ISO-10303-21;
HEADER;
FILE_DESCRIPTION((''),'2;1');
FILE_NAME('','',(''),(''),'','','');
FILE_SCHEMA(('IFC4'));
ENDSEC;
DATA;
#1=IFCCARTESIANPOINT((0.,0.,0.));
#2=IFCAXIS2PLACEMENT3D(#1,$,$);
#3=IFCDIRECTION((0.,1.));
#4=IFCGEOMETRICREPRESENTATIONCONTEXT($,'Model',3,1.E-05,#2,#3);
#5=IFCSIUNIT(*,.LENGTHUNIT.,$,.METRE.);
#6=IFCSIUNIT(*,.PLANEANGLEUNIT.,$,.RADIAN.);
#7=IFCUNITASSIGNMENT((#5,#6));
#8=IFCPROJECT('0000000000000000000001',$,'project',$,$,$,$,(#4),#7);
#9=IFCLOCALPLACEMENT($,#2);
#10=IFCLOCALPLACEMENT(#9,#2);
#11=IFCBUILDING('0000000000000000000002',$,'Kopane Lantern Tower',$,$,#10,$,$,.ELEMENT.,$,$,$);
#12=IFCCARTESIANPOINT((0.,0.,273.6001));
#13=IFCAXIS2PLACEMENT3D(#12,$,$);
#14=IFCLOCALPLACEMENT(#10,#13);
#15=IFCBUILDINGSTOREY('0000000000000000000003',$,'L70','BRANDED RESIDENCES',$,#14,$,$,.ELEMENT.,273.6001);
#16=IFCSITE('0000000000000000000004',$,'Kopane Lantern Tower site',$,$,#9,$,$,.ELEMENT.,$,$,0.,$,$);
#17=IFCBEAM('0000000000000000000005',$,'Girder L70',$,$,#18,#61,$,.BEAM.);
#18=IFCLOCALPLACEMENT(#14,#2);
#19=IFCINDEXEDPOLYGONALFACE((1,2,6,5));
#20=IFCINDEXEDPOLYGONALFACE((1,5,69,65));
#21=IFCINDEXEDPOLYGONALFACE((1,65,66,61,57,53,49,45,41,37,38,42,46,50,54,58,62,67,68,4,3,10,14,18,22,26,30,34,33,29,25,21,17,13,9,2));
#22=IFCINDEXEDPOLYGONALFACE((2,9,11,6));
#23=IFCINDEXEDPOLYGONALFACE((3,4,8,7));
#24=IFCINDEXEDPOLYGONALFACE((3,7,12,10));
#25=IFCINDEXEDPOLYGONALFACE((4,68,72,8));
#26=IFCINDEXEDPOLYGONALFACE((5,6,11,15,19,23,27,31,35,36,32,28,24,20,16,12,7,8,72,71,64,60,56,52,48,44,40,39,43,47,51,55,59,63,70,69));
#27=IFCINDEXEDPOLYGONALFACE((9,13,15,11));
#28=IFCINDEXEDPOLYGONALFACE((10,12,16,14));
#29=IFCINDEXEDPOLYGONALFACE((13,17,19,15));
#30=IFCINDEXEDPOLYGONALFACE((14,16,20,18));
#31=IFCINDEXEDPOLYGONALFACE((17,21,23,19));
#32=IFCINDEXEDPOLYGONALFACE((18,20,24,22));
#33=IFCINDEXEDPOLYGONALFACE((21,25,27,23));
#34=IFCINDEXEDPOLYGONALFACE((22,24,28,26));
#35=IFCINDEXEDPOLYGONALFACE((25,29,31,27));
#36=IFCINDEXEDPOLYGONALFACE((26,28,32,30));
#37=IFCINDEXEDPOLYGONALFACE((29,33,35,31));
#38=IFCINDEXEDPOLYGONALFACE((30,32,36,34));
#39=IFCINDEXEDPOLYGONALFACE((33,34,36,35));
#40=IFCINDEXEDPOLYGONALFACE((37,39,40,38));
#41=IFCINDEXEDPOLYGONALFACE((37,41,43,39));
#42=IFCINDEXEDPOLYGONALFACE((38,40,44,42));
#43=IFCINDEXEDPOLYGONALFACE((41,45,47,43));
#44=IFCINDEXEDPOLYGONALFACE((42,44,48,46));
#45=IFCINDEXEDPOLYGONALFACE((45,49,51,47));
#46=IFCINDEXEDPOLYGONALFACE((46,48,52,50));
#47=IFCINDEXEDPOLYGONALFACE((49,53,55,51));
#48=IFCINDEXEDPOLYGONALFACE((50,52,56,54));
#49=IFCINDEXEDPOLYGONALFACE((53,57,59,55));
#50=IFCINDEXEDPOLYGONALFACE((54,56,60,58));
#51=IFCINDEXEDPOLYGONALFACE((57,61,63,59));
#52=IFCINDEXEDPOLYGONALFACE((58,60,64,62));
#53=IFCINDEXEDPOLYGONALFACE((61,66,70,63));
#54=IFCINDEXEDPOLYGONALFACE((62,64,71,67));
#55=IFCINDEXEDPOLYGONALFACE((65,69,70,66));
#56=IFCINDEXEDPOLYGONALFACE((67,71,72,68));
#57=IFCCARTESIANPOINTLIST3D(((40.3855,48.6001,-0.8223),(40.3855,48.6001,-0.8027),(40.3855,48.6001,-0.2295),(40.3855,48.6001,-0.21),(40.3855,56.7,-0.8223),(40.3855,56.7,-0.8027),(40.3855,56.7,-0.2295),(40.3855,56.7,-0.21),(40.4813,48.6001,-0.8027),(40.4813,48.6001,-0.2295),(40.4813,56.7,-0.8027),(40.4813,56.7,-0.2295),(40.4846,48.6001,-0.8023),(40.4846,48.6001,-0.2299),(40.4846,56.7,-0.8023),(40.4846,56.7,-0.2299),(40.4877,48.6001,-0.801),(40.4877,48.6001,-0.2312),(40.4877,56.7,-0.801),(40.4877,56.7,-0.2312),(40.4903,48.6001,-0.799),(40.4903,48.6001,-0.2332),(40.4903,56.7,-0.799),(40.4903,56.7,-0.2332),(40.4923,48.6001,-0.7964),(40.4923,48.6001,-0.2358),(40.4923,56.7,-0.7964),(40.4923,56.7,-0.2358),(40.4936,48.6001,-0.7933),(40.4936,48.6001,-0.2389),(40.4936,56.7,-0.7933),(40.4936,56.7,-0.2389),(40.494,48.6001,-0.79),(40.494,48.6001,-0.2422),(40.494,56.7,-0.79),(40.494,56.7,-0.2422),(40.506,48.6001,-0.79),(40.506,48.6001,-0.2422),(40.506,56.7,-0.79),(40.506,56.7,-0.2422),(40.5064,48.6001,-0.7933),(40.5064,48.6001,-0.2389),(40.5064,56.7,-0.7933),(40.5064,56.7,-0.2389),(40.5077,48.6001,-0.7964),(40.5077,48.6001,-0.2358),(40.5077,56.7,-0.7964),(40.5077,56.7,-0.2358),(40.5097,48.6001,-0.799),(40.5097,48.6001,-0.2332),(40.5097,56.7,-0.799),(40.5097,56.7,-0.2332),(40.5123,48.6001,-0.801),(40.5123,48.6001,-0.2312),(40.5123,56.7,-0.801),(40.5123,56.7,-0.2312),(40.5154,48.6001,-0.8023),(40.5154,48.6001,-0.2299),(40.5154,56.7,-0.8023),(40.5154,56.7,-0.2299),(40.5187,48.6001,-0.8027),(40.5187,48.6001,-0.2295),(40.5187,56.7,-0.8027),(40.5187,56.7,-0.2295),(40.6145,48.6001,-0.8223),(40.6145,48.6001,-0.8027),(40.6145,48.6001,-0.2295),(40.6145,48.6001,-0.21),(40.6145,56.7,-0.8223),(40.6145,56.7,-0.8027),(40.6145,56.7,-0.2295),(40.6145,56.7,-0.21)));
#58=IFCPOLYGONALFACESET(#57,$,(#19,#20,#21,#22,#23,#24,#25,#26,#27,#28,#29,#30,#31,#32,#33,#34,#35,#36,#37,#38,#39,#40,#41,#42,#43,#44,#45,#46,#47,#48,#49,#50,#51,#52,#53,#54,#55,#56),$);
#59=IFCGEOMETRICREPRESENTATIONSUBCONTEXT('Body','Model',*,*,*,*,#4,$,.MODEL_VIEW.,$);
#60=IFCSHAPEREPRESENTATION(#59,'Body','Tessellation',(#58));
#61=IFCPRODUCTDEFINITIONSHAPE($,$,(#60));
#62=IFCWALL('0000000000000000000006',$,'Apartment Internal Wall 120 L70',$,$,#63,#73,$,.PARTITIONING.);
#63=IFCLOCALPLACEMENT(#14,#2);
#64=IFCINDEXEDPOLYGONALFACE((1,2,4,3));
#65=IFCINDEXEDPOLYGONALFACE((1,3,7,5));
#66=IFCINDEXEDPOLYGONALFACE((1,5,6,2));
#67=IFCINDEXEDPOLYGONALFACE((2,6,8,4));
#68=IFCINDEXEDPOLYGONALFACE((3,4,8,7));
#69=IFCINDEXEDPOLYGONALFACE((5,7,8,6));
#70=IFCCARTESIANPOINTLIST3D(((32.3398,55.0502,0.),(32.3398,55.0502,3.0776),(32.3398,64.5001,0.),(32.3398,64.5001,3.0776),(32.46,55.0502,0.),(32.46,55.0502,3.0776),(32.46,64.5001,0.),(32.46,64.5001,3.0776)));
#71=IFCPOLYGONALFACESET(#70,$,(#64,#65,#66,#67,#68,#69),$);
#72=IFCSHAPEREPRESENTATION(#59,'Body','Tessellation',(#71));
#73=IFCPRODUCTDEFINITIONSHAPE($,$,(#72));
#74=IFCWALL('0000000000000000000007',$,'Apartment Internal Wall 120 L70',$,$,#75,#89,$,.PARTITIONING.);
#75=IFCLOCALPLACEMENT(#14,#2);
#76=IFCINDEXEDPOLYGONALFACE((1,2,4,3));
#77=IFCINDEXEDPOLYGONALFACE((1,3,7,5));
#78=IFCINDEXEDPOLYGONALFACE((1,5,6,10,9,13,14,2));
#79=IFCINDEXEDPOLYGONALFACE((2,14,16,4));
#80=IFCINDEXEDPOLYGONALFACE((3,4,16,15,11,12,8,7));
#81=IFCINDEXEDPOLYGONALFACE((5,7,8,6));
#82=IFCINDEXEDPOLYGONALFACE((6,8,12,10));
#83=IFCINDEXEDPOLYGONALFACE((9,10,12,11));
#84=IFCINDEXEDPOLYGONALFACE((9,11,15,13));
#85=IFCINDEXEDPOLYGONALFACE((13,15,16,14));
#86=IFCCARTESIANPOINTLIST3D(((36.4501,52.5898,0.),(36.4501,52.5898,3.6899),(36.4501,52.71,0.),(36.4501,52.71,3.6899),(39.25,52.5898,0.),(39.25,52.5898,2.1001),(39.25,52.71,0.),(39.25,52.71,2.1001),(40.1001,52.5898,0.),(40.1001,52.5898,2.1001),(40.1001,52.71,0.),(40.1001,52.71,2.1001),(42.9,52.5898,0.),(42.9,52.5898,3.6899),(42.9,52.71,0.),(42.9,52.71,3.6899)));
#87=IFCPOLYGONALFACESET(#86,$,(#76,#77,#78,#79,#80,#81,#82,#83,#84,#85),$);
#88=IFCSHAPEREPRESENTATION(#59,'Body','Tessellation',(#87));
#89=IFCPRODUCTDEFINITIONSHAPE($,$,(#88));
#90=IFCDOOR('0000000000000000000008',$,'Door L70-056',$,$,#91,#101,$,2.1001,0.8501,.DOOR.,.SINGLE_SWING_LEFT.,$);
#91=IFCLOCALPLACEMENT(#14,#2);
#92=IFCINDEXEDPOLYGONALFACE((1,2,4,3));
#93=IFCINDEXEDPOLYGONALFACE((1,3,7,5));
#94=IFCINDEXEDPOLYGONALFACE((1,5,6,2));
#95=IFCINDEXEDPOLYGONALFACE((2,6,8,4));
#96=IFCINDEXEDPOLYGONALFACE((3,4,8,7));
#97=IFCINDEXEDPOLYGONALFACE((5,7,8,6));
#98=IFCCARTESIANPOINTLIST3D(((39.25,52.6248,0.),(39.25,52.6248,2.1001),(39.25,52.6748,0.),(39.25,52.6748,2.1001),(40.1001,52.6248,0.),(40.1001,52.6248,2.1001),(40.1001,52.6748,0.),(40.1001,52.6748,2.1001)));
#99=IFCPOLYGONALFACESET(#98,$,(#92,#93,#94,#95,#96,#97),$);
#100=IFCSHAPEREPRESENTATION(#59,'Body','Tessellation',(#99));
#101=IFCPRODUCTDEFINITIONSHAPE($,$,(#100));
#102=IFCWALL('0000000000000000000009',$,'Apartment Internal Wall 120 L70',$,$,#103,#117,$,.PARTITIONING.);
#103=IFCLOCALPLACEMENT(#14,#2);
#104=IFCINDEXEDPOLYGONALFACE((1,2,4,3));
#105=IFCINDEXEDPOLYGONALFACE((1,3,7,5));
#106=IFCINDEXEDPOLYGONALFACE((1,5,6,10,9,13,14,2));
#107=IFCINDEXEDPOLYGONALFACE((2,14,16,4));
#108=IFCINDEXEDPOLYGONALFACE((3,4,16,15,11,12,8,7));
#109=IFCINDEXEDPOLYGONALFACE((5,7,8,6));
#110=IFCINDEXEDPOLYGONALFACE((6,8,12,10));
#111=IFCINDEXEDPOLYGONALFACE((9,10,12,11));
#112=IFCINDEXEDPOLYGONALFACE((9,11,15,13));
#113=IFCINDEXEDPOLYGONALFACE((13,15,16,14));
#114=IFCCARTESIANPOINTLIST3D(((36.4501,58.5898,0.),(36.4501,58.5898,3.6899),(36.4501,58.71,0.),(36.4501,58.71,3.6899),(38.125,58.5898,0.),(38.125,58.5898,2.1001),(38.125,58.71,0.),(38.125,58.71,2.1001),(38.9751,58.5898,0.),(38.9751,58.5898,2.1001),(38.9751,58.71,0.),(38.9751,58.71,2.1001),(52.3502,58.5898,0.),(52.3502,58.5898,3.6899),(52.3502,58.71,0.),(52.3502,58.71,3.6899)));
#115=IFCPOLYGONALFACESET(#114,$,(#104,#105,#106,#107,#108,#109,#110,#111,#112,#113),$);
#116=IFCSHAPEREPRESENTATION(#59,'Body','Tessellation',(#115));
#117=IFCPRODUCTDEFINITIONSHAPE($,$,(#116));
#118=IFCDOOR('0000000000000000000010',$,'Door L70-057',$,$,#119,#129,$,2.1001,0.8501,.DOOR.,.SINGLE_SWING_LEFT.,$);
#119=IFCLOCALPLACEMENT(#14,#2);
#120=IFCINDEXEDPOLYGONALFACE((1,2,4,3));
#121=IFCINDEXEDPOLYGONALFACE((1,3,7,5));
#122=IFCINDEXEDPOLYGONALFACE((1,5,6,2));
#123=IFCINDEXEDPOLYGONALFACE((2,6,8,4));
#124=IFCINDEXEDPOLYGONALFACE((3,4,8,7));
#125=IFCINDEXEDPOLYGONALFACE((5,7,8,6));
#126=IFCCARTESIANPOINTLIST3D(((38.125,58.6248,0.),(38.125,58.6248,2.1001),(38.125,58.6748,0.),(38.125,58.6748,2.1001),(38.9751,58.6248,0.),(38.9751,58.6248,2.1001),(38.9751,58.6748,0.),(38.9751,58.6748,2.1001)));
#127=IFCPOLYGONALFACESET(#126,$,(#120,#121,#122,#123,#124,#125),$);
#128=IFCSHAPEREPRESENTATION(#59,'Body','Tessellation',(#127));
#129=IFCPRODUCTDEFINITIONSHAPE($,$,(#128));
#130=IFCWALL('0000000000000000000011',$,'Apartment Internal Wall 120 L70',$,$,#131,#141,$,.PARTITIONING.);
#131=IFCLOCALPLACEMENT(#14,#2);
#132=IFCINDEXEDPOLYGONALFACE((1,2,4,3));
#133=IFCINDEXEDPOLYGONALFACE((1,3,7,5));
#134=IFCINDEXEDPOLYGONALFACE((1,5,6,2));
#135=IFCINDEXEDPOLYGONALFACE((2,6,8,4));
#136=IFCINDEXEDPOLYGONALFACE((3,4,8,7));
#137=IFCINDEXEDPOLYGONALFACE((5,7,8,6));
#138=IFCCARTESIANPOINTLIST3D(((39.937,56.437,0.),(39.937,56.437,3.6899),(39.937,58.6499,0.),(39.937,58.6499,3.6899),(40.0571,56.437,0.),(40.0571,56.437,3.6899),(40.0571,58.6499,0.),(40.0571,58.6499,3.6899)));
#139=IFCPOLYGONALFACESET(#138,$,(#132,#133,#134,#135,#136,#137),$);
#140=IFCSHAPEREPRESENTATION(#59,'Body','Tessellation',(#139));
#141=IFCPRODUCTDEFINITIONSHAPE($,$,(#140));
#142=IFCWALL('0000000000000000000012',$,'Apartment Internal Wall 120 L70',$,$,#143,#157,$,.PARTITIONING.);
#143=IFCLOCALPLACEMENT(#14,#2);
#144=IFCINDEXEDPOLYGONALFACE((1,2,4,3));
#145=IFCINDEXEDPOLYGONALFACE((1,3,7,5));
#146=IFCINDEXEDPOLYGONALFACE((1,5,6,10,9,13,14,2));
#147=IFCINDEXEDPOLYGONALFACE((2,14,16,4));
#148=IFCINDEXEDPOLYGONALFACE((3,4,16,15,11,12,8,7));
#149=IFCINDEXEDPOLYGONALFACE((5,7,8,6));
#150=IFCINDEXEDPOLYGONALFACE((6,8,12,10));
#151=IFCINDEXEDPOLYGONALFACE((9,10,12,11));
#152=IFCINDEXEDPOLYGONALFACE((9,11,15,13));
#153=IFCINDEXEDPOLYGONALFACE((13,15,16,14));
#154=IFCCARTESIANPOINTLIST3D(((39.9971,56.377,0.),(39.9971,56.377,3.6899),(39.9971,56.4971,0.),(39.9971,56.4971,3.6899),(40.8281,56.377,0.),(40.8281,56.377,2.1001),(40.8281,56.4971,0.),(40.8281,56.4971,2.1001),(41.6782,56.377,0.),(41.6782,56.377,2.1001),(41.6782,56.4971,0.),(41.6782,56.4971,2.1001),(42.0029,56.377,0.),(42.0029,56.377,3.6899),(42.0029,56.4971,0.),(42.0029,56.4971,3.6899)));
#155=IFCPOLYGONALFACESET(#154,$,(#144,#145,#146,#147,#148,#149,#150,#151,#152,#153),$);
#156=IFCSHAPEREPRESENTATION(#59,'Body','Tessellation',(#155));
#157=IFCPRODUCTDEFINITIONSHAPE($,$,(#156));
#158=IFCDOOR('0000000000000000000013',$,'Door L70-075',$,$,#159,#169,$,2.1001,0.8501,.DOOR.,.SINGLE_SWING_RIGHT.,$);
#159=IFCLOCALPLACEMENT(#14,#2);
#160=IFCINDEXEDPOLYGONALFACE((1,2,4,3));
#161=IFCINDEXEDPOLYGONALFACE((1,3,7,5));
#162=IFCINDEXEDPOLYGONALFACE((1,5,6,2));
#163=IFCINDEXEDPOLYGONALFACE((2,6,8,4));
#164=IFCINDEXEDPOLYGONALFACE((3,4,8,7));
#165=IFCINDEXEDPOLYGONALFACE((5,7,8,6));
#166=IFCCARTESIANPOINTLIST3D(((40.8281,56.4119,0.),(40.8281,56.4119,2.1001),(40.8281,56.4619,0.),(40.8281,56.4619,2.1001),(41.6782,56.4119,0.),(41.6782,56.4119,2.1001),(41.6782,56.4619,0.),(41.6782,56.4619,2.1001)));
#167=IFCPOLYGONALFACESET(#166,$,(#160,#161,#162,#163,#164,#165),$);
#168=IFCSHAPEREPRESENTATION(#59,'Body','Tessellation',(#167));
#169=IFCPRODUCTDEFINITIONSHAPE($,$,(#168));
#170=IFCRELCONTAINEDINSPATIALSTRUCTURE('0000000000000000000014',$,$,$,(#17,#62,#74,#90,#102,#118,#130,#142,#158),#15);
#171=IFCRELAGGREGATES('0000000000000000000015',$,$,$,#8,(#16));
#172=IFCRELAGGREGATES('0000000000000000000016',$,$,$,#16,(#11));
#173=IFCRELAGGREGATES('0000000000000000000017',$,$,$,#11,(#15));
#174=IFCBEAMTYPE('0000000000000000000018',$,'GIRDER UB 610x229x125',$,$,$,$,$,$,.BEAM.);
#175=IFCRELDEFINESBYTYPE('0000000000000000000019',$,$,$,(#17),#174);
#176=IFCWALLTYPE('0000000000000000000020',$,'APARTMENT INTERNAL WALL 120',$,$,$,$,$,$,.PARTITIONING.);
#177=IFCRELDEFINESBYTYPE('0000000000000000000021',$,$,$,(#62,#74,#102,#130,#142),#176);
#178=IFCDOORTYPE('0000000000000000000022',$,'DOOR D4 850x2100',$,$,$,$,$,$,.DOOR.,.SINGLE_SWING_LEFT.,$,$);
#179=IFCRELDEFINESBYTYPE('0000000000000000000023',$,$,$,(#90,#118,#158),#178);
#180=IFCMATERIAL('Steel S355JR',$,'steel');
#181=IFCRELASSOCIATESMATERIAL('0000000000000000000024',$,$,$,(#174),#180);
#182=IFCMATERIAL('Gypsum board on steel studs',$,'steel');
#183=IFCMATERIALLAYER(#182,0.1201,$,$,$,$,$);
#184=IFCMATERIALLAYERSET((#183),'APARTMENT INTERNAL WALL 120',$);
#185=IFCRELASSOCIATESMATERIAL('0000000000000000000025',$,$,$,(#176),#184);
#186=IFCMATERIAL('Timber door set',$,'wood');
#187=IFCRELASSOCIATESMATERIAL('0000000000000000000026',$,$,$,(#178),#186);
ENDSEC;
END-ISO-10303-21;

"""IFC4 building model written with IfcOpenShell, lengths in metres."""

from ifc_helpers import new_model, si_unit, direction, frame, frame_2d, origin, origin_2d, place, context, subcontext, project, spatial, rectangle, i_section, extrude, material, layer, layer_set, material_profile, profile_set, type_object, element, fill, save


model = new_model("IFC4")

# Units and contexts
model_context = context("Model", 3, precision=1e-05, world=origin(), true_north=direction((0.0, 1.0)))
body_context = subcontext(model_context, "Body", "Model", "MODEL_VIEW")
ifc_project = project(units=[si_unit("LENGTHUNIT", "METRE"), si_unit("PLANEANGLEUNIT", "RADIAN")], contexts=[model_context])

# Site, building, storey
site_placement = place(None, origin())
site = spatial("IfcSite", under=ifc_project, at=site_placement, Name="Kopane Lantern Tower site", CompositionType="ELEMENT", RefElevation=0.0)
building_placement = place(site_placement, origin())
building = spatial("IfcBuilding", under=site, at=building_placement, Name="Kopane Lantern Tower", CompositionType="ELEMENT")
storey_placement = place(building_placement, frame((0.0, 0.0, 273.6001)))
storey = spatial("IfcBuildingStorey", under=building, at=storey_placement, Name="L70", Description="BRANDED RESIDENCES", CompositionType="ELEMENT", Elevation=273.6001)

# Beam
ifc_material_1 = material(Name="Steel S355JR", Category="steel")
ifc_material_profile_1 = material_profile(ifc_material_1, i_section(OverallWidth=0.229, OverallDepth=0.6123, WebThickness=0.012, FlangeThickness=0.0195, FilletRadius=0.0127, at=origin_2d()), Name="UB 610x229x125")
ifc_profile_set_1 = profile_set([ifc_material_profile_1], Name="Steel S355JR")
beam_type = type_object("IfcBeamType", Name="GIRDER UB 610x229x125", PredefinedType="BEAM", material=ifc_profile_set_1)
beam_1_placement = place(storey_placement, frame((40.5, 48.6001, -0.5161), z_axis=(0.0, 1.0, 0.0), x_axis=(-1.0, 0.0, 0.0)))
element("IfcBeam", 1, at=beam_1_placement, inside=storey, type_object=beam_type, Name="Girder L70", PredefinedType="BEAM", context=body_context, shape_type="SweptSolid", body=[
    extrude(i_section(OverallWidth=0.229, OverallDepth=0.6123, WebThickness=0.012, FlangeThickness=0.0195, FilletRadius=0.0127, at=origin_2d()), origin(), (0.0, 0.0, 1.0), 8.0999),
])

# Wall
ifc_material_2 = material(Name="Gypsum board on steel studs", Category="steel")
ifc_layer_1 = layer(ifc_material_2, 0.1201)
ifc_layer_set_1 = layer_set([ifc_layer_1], Name="APARTMENT INTERNAL WALL 120")
wall_type_1 = type_object("IfcWallType", Name="APARTMENT INTERNAL WALL 120", PredefinedType="PARTITIONING", material=ifc_layer_set_1)
wall_1_placement = place(storey_placement, frame((32.3999, 55.05, 0.0), z_axis=(0.0, 0.0, 1.0), x_axis=(0.0, 1.0, 0.0)))
element("IfcWall", 2, at=wall_1_placement, inside=storey, type_object=wall_type_1, Name="Apartment Internal Wall 120 L70", PredefinedType="PARTITIONING", context=body_context, shape_type="SweptSolid", body=[
    extrude(rectangle(XDim=9.45, YDim=0.1201, at=frame_2d((4.7251, 0.0))), origin(), (0.0, 0.0, 1.0), 3.0776),
])

# Walls, openings, doors
wall_2_placement = place(storey_placement, frame((36.45, 52.6499, 0.0), z_axis=(0.0, 0.0, 1.0), x_axis=(1.0, 0.0, 0.0)))
wall_2 = element("IfcWall", 3, at=wall_2_placement, inside=storey, type_object=wall_type_1, Name="Apartment Internal Wall 120 L70", PredefinedType="PARTITIONING", context=body_context, shape_type="SweptSolid", body=[
    extrude(rectangle(XDim=6.45, YDim=0.1201, at=frame_2d((3.2251, 0.0))), origin(), (0.0, 0.0, 1.0), 3.6899),
])
opening_1_placement = place(wall_2_placement, frame((2.8, 0.0, 0.0)))
opening_1 = element("IfcOpeningElement", 4, at=opening_1_placement, cuts=wall_2, PredefinedType="OPENING", context=body_context, shape_type="SweptSolid", body=[
    extrude(rectangle(XDim=0.8501, YDim=2.1001, at=frame_2d((0.425, 1.05))), frame((0.0, 0.0701, 0.0), z_axis=(0.0, -1.0, 0.0), x_axis=(1.0, 0.0, 0.0)), (0.0, 0.0, 1.0), 0.1401),
])
ifc_material_3 = material(Name="Timber door set", Category="wood")
door_type_1 = type_object("IfcDoorType", Name="DOOR D4 850x2100", OperationType="SINGLE_SWING_LEFT", PredefinedType="DOOR", material=ifc_material_3)
door_1_placement = place(opening_1_placement, origin())
door_1 = element("IfcDoor", 5, at=door_1_placement, inside=storey, type_object=door_type_1, Name="Door L70-056", OperationType="SINGLE_SWING_LEFT", OverallHeight=2.1001, OverallWidth=0.8501, PredefinedType="DOOR", context=body_context, shape_type="SweptSolid", body=[
    extrude(rectangle(XDim=0.8501, YDim=2.1001, at=frame_2d((0.425, 1.05))), frame((0.0, 0.0249, 0.0), z_axis=(0.0, -1.0, 0.0), x_axis=(1.0, 0.0, 0.0)), (0.0, 0.0, 1.0), 0.05),
])
fill(opening_1, door_1)
wall_3_placement = place(storey_placement, frame((36.45, 58.6499, 0.0), z_axis=(0.0, 0.0, 1.0), x_axis=(1.0, 0.0, 0.0)))
wall_3 = element("IfcWall", 6, at=wall_3_placement, inside=storey, type_object=wall_type_1, Name="Apartment Internal Wall 120 L70", PredefinedType="PARTITIONING", context=body_context, shape_type="SweptSolid", body=[
    extrude(rectangle(XDim=15.9001, YDim=0.1201, at=frame_2d((7.9502, 0.0))), origin(), (0.0, 0.0, 1.0), 3.6899),
])
opening_2_placement = place(wall_3_placement, frame((1.675, 0.0, 0.0)))
opening_2 = element("IfcOpeningElement", 7, at=opening_2_placement, cuts=wall_3, PredefinedType="OPENING", context=body_context, shape_type="SweptSolid", body=[
    extrude(rectangle(XDim=0.8501, YDim=2.1001, at=frame_2d((0.425, 1.05))), frame((0.0, 0.0701, 0.0), z_axis=(0.0, -1.0, 0.0), x_axis=(1.0, 0.0, 0.0)), (0.0, 0.0, 1.0), 0.1401),
])
door_2_placement = place(opening_2_placement, origin())
door_2 = element("IfcDoor", 8, at=door_2_placement, inside=storey, type_object=door_type_1, Name="Door L70-057", OperationType="SINGLE_SWING_LEFT", OverallHeight=2.1001, OverallWidth=0.8501, PredefinedType="DOOR", context=body_context, shape_type="SweptSolid", body=[
    extrude(rectangle(XDim=0.8501, YDim=2.1001, at=frame_2d((0.425, 1.05))), frame((0.0, 0.0249, 0.0), z_axis=(0.0, -1.0, 0.0), x_axis=(1.0, 0.0, 0.0)), (0.0, 0.0, 1.0), 0.05),
])
fill(opening_2, door_2)

# Wall
wall_4_placement = place(storey_placement, frame((39.9971, 58.6499, 0.0), z_axis=(0.0, 0.0, 1.0), x_axis=(0.0, -1.0, 0.0)))
element("IfcWall", 9, at=wall_4_placement, inside=storey, type_object=wall_type_1, Name="Apartment Internal Wall 120 L70", PredefinedType="PARTITIONING", context=body_context, shape_type="SweptSolid", body=[
    extrude(rectangle(XDim=2.2129, YDim=0.1201, at=frame_2d((1.1064, 0.0))), origin(), (0.0, 0.0, 1.0), 3.6899),
])

# Wall, opening, door
wall_5_placement = place(storey_placement, frame((39.9971, 56.437, 0.0), z_axis=(0.0, 0.0, 1.0), x_axis=(1.0, 0.0, 0.0)))
wall_5 = element("IfcWall", 10, at=wall_5_placement, inside=storey, type_object=wall_type_1, Name="Apartment Internal Wall 120 L70", PredefinedType="PARTITIONING", context=body_context, shape_type="SweptSolid", body=[
    extrude(rectangle(XDim=2.0059, YDim=0.1201, at=frame_2d((1.0029, 0.0))), origin(), (0.0, 0.0, 1.0), 3.6899),
])
opening_3_placement = place(wall_5_placement, frame((0.8311, 0.0, 0.0)))
opening_3 = element("IfcOpeningElement", 11, at=opening_3_placement, cuts=wall_5, PredefinedType="OPENING", context=body_context, shape_type="SweptSolid", body=[
    extrude(rectangle(XDim=0.8501, YDim=2.1001, at=frame_2d((0.425, 1.05))), frame((0.0, 0.0701, 0.0), z_axis=(0.0, -1.0, 0.0), x_axis=(1.0, 0.0, 0.0)), (0.0, 0.0, 1.0), 0.1401),
])
door_3_placement = place(opening_3_placement, origin())
door_3 = element("IfcDoor", 12, at=door_3_placement, inside=storey, type_object=door_type_1, Name="Door L70-075", OperationType="SINGLE_SWING_RIGHT", OverallHeight=2.1001, OverallWidth=0.8501, PredefinedType="DOOR", context=body_context, shape_type="SweptSolid", body=[
    extrude(rectangle(XDim=0.8501, YDim=2.1001, at=frame_2d((0.425, 1.05))), frame((0.0, 0.0249, 0.0), z_axis=(0.0, -1.0, 0.0), x_axis=(1.0, 0.0, 0.0)), (0.0, 0.0, 1.0), 0.05),
])
fill(opening_3, door_3)

save(model, "model.ifc")
